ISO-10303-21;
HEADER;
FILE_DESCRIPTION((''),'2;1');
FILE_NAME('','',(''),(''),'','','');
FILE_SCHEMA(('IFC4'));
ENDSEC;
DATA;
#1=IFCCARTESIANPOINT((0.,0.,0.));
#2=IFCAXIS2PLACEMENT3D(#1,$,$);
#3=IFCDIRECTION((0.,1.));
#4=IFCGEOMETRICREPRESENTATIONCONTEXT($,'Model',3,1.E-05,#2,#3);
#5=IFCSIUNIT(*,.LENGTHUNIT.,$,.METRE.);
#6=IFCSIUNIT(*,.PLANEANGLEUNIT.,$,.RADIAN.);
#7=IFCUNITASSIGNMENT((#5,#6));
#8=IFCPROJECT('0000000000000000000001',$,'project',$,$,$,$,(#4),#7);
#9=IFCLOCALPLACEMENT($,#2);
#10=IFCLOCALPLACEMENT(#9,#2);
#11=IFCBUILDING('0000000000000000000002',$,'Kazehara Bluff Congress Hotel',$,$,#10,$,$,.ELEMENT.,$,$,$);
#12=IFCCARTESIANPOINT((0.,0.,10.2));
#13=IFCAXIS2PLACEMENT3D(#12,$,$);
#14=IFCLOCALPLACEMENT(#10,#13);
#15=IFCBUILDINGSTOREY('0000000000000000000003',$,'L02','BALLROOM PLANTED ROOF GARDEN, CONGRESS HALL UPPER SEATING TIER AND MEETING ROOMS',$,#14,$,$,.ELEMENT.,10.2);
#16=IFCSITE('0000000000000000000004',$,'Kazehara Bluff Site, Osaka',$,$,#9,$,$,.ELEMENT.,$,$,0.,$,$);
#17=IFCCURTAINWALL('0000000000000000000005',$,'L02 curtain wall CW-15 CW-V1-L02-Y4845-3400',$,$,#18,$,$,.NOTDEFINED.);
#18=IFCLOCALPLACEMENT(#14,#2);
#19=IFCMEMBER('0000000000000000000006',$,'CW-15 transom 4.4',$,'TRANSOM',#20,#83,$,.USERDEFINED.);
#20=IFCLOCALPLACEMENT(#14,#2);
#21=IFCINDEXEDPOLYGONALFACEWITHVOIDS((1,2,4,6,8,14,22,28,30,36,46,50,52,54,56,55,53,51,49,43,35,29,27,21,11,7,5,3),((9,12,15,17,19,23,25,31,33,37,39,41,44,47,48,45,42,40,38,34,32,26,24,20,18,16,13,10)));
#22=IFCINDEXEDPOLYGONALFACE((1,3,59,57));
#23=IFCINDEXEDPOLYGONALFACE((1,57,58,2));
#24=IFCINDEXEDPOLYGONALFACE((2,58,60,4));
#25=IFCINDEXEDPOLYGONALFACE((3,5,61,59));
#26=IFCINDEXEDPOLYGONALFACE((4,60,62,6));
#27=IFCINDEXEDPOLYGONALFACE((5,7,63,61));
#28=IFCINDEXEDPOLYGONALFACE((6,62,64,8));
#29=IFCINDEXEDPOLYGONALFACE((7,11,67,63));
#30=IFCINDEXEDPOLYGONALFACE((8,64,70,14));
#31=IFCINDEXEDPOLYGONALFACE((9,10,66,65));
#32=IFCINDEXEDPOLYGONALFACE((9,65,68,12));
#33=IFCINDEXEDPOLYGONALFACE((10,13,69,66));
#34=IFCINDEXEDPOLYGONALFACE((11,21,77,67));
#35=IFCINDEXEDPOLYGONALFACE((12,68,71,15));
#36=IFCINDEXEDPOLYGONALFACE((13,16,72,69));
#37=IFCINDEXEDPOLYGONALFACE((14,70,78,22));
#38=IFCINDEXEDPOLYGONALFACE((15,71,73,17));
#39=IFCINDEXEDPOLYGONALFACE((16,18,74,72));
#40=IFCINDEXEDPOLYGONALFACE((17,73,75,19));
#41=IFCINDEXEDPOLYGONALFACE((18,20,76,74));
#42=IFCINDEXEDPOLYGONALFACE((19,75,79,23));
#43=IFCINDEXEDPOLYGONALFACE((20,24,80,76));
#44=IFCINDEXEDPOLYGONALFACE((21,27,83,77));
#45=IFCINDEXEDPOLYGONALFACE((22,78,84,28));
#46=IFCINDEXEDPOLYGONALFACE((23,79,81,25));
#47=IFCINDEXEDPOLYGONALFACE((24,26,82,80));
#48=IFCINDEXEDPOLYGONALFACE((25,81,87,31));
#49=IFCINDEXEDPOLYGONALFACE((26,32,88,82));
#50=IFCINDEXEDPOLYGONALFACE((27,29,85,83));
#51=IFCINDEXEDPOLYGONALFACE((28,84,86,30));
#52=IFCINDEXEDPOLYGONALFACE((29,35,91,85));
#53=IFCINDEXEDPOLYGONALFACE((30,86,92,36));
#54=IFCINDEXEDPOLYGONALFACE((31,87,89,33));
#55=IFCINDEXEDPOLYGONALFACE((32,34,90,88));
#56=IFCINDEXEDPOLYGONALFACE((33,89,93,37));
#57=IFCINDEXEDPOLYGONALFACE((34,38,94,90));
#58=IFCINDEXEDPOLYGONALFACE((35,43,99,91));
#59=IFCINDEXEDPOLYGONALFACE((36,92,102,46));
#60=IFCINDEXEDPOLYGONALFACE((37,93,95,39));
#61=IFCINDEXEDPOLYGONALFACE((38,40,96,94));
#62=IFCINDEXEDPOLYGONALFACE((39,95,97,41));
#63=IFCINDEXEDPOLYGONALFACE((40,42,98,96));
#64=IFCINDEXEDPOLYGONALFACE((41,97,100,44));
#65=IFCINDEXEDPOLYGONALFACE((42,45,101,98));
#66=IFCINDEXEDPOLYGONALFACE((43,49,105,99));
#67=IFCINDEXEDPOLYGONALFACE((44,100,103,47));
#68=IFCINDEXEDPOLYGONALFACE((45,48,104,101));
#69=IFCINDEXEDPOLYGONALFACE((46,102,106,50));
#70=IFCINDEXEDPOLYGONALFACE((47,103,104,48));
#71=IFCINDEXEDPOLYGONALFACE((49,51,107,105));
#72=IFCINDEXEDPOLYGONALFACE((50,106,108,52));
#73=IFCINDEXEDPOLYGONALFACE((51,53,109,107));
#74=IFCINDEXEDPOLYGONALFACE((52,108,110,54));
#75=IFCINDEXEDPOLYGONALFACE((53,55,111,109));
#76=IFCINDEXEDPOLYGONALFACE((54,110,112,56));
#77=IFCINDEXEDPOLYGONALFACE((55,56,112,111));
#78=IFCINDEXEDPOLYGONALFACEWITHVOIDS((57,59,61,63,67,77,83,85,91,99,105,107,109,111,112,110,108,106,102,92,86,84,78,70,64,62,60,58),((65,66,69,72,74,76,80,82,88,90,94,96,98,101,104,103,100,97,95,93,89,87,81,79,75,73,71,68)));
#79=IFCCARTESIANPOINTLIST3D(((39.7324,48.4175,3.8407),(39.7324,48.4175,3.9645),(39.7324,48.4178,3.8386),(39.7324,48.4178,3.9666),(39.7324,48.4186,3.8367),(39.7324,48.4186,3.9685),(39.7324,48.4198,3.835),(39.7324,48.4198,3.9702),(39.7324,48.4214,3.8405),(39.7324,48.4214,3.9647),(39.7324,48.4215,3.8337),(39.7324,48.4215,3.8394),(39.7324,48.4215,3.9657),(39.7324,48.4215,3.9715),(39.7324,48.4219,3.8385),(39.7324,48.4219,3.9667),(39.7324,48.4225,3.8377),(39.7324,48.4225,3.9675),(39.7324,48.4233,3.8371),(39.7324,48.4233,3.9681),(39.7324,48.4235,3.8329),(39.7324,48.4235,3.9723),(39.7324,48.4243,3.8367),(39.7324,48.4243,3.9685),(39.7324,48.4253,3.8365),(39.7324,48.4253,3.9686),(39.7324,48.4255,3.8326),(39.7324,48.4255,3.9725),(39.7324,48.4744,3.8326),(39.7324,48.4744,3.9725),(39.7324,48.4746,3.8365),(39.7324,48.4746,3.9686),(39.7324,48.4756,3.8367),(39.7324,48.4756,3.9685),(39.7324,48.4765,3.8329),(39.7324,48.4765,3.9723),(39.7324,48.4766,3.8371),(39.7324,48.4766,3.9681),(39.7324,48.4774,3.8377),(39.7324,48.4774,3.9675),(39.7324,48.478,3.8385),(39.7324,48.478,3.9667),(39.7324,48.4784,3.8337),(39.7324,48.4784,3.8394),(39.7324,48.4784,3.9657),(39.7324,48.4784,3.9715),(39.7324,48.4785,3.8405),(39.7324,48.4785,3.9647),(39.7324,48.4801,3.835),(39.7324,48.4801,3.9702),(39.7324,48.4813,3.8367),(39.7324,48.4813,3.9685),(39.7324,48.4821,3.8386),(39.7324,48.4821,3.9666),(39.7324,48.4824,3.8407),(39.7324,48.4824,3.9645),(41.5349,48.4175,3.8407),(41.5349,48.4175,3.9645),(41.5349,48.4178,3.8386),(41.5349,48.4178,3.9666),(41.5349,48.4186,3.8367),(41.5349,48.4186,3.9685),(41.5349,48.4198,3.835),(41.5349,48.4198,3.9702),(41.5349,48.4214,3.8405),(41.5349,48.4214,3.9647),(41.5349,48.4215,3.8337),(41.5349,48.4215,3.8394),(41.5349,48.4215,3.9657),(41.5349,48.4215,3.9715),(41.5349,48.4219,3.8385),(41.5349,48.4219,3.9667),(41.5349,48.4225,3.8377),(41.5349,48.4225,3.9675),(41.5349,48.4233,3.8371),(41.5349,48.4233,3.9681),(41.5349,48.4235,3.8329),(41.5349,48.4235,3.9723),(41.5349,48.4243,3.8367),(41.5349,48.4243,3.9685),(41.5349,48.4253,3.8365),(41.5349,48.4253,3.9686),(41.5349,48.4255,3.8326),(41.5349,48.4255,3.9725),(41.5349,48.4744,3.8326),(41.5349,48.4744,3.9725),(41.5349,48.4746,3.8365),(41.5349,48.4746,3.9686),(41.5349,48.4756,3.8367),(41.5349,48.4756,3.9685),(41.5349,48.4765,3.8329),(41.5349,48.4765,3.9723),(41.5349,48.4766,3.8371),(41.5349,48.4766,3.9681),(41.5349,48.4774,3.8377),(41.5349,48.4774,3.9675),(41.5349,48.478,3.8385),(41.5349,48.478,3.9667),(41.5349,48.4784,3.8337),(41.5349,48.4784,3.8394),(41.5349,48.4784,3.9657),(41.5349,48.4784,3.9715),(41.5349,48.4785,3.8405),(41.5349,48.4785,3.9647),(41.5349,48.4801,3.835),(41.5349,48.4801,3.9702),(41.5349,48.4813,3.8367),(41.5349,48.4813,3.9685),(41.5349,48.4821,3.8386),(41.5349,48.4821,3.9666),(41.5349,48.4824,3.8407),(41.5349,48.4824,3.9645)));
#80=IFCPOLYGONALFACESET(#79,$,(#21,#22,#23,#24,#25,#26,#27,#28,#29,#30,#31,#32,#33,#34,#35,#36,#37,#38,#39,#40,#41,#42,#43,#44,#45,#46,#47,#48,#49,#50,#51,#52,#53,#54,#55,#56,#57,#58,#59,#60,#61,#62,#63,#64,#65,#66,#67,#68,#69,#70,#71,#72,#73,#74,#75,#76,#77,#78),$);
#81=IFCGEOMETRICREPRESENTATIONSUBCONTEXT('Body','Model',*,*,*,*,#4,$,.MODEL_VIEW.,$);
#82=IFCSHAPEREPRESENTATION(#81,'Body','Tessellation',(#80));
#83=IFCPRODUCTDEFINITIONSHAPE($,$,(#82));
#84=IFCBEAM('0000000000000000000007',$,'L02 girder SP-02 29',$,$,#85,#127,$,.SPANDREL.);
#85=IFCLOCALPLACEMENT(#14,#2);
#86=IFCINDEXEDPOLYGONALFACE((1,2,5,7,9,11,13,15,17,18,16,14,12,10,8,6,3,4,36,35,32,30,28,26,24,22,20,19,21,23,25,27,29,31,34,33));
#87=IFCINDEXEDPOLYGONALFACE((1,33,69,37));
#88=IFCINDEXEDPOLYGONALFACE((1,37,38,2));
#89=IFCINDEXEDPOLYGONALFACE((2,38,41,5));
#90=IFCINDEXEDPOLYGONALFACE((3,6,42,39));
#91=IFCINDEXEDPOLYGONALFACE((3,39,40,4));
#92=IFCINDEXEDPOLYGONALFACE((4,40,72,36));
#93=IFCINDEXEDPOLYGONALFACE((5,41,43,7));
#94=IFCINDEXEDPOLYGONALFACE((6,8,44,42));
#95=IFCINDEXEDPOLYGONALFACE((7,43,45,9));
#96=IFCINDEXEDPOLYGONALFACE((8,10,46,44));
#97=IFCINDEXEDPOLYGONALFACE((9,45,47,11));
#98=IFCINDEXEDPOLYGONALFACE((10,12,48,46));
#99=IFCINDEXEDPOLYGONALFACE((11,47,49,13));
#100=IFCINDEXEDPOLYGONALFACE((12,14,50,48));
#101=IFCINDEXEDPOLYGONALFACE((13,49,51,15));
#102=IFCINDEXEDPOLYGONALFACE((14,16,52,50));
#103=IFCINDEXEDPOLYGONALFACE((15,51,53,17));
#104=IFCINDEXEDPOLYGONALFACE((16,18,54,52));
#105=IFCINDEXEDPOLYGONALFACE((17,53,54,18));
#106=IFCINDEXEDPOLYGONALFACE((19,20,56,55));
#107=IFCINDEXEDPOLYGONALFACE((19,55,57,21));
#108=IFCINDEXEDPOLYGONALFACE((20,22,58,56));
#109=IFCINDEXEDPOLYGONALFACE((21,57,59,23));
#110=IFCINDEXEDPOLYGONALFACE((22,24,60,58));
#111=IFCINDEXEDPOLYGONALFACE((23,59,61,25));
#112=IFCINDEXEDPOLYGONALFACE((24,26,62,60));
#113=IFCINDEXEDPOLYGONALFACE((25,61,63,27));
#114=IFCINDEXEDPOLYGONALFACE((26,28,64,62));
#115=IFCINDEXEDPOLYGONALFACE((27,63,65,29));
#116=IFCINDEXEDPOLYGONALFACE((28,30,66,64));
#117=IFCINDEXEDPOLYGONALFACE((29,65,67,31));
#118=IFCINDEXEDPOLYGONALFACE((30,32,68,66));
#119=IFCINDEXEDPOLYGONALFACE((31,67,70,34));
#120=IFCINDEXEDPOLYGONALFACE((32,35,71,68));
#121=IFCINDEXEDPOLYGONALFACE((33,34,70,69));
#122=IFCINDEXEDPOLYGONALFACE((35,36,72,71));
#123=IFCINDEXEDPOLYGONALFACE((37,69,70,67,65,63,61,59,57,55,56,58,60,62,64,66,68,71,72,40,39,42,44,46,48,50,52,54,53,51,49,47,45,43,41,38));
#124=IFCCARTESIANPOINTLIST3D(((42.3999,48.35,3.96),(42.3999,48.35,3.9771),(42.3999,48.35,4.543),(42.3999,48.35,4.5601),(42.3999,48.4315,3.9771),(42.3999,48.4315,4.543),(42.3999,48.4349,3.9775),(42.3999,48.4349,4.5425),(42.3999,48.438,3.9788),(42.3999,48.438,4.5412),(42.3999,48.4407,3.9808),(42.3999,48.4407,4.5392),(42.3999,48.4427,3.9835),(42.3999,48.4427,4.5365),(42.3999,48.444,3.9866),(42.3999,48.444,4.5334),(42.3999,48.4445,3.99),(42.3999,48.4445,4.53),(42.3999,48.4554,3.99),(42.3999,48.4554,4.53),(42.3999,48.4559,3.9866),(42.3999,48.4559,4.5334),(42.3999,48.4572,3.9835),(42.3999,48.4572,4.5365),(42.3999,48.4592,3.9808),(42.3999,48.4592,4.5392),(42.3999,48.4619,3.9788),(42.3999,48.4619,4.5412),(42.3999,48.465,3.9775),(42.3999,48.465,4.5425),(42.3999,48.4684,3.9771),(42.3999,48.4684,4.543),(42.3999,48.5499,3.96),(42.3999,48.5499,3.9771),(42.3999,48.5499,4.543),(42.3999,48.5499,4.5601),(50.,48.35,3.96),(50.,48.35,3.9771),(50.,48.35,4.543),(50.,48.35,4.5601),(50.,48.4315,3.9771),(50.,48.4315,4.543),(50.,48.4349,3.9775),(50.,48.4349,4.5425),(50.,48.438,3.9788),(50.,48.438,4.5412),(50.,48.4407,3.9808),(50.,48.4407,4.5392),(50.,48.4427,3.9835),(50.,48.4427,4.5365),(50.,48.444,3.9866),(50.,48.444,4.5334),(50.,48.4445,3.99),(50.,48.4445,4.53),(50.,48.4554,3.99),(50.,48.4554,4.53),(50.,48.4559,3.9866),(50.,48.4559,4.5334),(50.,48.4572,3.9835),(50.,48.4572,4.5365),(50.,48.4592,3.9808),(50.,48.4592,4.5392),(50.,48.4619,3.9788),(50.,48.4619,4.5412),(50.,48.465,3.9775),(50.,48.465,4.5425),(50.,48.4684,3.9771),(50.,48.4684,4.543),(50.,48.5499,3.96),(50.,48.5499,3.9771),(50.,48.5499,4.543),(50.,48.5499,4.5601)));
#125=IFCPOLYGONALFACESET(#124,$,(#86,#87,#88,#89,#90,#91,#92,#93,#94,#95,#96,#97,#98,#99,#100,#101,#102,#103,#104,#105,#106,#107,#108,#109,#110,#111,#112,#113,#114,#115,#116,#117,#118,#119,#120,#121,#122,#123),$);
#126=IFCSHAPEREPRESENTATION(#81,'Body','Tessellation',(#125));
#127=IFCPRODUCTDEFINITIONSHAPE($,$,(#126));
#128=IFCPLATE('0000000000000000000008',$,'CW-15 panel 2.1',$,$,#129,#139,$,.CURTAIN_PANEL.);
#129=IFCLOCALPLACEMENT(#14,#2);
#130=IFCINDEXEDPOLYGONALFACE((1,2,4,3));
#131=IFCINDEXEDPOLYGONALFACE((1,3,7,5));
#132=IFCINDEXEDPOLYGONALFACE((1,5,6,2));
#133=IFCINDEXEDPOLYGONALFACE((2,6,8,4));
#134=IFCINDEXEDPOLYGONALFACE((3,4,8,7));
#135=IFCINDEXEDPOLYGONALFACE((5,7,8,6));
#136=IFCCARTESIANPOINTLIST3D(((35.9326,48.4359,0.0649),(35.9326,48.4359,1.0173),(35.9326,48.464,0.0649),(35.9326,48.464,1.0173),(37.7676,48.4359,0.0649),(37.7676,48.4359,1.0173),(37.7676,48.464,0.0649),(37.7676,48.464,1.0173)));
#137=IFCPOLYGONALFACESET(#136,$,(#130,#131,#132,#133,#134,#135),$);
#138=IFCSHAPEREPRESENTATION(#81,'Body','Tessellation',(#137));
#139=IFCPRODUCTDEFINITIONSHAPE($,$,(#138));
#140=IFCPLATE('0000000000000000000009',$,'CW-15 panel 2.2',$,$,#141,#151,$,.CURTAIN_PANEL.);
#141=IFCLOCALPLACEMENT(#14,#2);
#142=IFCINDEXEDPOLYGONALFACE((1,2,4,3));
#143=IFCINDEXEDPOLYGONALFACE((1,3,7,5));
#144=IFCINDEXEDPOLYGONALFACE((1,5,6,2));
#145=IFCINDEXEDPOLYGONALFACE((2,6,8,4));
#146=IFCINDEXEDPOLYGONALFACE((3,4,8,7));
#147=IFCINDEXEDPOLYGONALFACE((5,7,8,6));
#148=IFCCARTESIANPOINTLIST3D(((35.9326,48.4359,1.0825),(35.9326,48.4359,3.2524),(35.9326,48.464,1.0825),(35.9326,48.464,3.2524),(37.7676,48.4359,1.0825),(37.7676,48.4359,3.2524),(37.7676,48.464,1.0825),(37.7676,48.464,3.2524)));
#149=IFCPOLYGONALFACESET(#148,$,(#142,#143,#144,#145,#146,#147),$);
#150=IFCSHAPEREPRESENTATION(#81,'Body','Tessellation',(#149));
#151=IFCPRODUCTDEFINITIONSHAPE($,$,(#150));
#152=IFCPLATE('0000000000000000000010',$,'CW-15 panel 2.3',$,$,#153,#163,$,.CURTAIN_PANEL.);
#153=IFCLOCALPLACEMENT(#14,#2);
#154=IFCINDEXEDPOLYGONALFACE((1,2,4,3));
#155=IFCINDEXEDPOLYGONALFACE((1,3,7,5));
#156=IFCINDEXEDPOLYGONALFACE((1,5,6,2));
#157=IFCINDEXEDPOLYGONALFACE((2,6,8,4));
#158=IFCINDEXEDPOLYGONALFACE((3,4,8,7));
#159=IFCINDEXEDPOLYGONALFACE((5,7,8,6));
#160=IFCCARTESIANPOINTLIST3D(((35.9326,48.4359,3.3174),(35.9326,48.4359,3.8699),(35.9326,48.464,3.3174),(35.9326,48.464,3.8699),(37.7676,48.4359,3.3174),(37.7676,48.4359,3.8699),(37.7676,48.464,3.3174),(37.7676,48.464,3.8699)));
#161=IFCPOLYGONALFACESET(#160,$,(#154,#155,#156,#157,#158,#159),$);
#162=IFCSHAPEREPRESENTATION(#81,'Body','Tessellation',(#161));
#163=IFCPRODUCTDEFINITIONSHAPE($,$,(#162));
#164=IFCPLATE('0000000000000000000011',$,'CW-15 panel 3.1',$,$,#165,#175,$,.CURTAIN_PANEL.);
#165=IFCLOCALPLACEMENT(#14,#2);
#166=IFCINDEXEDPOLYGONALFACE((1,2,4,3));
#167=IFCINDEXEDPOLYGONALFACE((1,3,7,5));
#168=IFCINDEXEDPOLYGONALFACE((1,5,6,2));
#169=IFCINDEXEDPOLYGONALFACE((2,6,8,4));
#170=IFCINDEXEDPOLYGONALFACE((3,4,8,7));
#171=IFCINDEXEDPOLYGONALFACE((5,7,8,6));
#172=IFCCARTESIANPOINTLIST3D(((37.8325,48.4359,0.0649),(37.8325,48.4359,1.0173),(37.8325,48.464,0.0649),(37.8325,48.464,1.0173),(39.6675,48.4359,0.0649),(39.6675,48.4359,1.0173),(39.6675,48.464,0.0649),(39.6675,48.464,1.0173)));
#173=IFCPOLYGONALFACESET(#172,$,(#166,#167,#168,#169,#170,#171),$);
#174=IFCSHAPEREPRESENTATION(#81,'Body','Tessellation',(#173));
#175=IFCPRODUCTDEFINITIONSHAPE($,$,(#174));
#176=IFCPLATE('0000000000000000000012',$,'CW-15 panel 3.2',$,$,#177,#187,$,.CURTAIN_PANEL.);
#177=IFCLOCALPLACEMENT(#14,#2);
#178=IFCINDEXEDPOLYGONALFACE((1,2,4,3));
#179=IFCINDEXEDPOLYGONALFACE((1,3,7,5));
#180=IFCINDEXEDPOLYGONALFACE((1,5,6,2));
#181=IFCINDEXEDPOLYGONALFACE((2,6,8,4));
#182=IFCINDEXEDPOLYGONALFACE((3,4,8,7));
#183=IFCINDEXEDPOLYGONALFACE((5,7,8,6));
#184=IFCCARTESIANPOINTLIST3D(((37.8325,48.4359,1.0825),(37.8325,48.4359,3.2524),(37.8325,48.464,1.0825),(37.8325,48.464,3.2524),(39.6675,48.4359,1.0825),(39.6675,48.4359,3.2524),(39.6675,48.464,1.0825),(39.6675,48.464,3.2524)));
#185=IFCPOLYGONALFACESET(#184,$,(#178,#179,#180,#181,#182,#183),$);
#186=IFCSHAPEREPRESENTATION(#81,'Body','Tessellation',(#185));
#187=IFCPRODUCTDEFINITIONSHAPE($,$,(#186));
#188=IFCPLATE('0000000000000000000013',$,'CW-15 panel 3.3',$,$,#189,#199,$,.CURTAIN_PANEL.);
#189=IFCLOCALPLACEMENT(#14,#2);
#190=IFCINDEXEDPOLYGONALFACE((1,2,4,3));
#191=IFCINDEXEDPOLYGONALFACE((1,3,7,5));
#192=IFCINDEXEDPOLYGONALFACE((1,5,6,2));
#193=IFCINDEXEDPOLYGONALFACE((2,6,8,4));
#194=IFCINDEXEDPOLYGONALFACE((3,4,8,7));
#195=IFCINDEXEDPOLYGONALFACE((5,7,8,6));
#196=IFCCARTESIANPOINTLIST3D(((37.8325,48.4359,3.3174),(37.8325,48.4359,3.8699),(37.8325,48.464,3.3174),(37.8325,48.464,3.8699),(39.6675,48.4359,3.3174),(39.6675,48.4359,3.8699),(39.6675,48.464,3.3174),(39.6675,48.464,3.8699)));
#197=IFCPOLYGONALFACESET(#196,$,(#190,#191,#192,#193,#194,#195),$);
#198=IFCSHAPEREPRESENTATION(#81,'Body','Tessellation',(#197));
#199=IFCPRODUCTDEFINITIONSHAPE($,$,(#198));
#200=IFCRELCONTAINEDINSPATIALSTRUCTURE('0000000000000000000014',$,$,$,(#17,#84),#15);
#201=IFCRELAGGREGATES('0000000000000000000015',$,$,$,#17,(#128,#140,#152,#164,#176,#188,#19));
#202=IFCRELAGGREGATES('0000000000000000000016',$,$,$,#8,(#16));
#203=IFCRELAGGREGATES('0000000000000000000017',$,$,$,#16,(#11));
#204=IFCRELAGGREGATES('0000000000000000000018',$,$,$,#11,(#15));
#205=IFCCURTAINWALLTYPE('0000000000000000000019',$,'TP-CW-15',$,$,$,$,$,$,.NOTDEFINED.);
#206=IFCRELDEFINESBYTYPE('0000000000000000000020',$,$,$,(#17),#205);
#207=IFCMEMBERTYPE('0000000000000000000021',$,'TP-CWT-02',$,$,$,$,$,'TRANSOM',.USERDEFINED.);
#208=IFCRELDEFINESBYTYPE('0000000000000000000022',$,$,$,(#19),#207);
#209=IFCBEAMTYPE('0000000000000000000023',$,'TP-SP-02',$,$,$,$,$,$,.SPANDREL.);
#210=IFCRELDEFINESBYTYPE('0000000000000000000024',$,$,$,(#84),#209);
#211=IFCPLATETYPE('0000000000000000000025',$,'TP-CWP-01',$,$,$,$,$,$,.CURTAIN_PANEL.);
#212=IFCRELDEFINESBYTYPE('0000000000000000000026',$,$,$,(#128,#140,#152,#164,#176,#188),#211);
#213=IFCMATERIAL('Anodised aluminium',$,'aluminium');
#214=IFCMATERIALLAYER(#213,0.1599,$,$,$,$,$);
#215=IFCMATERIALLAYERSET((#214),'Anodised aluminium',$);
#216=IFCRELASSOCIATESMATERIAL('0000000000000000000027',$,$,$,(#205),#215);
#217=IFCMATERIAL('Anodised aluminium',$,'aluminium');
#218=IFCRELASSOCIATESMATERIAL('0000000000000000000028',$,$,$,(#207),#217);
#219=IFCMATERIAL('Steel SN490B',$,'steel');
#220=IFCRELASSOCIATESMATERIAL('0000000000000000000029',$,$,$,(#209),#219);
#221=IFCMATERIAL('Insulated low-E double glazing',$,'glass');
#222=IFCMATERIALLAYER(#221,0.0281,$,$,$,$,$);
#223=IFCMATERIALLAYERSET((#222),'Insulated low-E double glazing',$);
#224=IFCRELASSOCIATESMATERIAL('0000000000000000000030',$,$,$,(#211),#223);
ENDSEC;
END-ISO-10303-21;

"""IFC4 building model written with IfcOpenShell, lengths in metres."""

from ifc_helpers import new_model, si_unit, direction, frame, origin, origin_2d, place, context, subcontext, project, spatial, rectangle, hollow_rectangle, i_section, extrude, material, layer, layer_set, material_profile, profile_set, type_object, element, aggregate, save


model = new_model("IFC4")

# Units and contexts
model_context = context("Model", 3, precision=1e-05, world=origin(), true_north=direction((0.0, 1.0)))
body_context = subcontext(model_context, "Body", "Model", "MODEL_VIEW")
ifc_project = project(units=[si_unit("LENGTHUNIT", "METRE"), si_unit("PLANEANGLEUNIT", "RADIAN")], contexts=[model_context])

# Site, building, storey
site_placement = place(None, origin())
site = spatial("IfcSite", under=ifc_project, at=site_placement, Name="Kazehara Bluff Site, Osaka", CompositionType="ELEMENT", RefElevation=0.0)
building_placement = place(site_placement, origin())
building = spatial("IfcBuilding", under=site, at=building_placement, Name="Kazehara Bluff Congress Hotel", CompositionType="ELEMENT")
storey_placement = place(building_placement, frame((0.0, 0.0, 10.2)))
storey = spatial("IfcBuildingStorey", under=building, at=storey_placement, Name="L02", Description="BALLROOM PLANTED ROOF GARDEN, CONGRESS HALL UPPER SEATING TIER AND MEETING ROOMS", CompositionType="ELEMENT", Elevation=10.2)

# Curtain wall, member
ifc_material_1 = material(Name="Anodised aluminium", Category="aluminium")
ifc_layer_1 = layer(ifc_material_1, 0.1599)
ifc_layer_set_1 = layer_set([ifc_layer_1], Name="Anodised aluminium")
curtain_wall_type = type_object("IfcCurtainWallType", Name="TP-CW-15", PredefinedType="NOTDEFINED", material=ifc_layer_set_1)
curtain_wall_placement = place(storey_placement, origin())
curtain_wall = element("IfcCurtainWall", 1, at=curtain_wall_placement, inside=storey, type_object=curtain_wall_type, Name="L02 curtain wall CW-15 CW-V1-L02-Y4845-3400", PredefinedType="NOTDEFINED")
ifc_material_2 = material(Name="Anodised aluminium", Category="aluminium")
ifc_material_profile_1 = material_profile(ifc_material_2, hollow_rectangle(XDim=0.0649, YDim=0.1399, WallThickness=0.0039, InnerFilletRadius=0.0039, OuterFilletRadius=0.0081, at=origin_2d()))
ifc_profile_set_1 = profile_set([ifc_material_profile_1], Name="Anodised aluminium")
member_type_1 = type_object("IfcMemberType", Name="TP-CWT-02", ElementType="TRANSOM", PredefinedType="USERDEFINED", material=ifc_profile_set_1)
member_1_placement = place(storey_placement, frame((39.7324, 48.45, 3.9026), z_axis=(1.0, 0.0, 0.0), x_axis=(0.0, 1.0, 0.0)))
member_1 = element("IfcMember", 2, at=member_1_placement, type_object=member_type_1, Name="CW-15 transom 4.4", ObjectType="TRANSOM", PredefinedType="USERDEFINED", context=body_context, shape_type="SweptSolid", body=[
    extrude(hollow_rectangle(XDim=0.0649, YDim=0.1399, WallThickness=0.0039, InnerFilletRadius=0.0039, OuterFilletRadius=0.0081, at=origin_2d()), origin(), (0.0, 0.0, 1.0), 1.8025),
])

# Beam
ifc_material_3 = material(Name="Steel SN490B", Category="steel")
ifc_material_profile_2 = material_profile(ifc_material_3, i_section(OverallWidth=0.2, OverallDepth=0.6001, WebThickness=0.011, FlangeThickness=0.0171, FilletRadius=0.0129, at=origin_2d()))
ifc_profile_set_2 = profile_set([ifc_material_profile_2], Name="Steel SN490B")
beam_type = type_object("IfcBeamType", Name="TP-SP-02", PredefinedType="SPANDREL", material=ifc_profile_set_2)
beam_placement = place(storey_placement, frame((42.3999, 48.45, 4.26), z_axis=(1.0, 0.0, 0.0), x_axis=(0.0, 1.0, 0.0)))
element("IfcBeam", 3, at=beam_placement, inside=storey, type_object=beam_type, Name="L02 girder SP-02 29", PredefinedType="SPANDREL", context=body_context, shape_type="SweptSolid", body=[
    extrude(i_section(OverallWidth=0.2, OverallDepth=0.6001, WebThickness=0.011, FlangeThickness=0.0171, FilletRadius=0.0129, at=origin_2d()), origin(), (0.0, 0.0, 1.0), 7.6001),
])

# Plates
ifc_material_4 = material(Name="Insulated low-E double glazing", Category="glass")
ifc_layer_2 = layer(ifc_material_4, 0.0281)
ifc_layer_set_2 = layer_set([ifc_layer_2], Name="Insulated low-E double glazing")
plate_type = type_object("IfcPlateType", Name="TP-CWP-01", PredefinedType="CURTAIN_PANEL", material=ifc_layer_set_2)
plate_1_placement = place(storey_placement, frame((36.8501, 48.45, 0.0649), z_axis=(0.0, 0.0, 1.0), x_axis=(1.0, 0.0, 0.0)))
plate_1 = element("IfcPlate", 4, at=plate_1_placement, type_object=plate_type, Name="CW-15 panel 2.1", PredefinedType="CURTAIN_PANEL", context=body_context, shape_type="SweptSolid", body=[
    extrude(rectangle(XDim=1.835, YDim=0.0281, at=origin_2d()), origin(), (0.0, 0.0, 1.0), 0.9524),
])
plate_2_placement = place(storey_placement, frame((36.8501, 48.45, 1.0825), z_axis=(0.0, 0.0, 1.0), x_axis=(1.0, 0.0, 0.0)))
plate_2 = element("IfcPlate", 5, at=plate_2_placement, type_object=plate_type, Name="CW-15 panel 2.2", PredefinedType="CURTAIN_PANEL", context=body_context, shape_type="SweptSolid", body=[
    extrude(rectangle(XDim=1.835, YDim=0.0281, at=origin_2d()), origin(), (0.0, 0.0, 1.0), 2.1699),
])
plate_3_placement = place(storey_placement, frame((36.8501, 48.45, 3.3174), z_axis=(0.0, 0.0, 1.0), x_axis=(1.0, 0.0, 0.0)))
plate_3 = element("IfcPlate", 6, at=plate_3_placement, type_object=plate_type, Name="CW-15 panel 2.3", PredefinedType="CURTAIN_PANEL", context=body_context, shape_type="SweptSolid", body=[
    extrude(rectangle(XDim=1.835, YDim=0.0281, at=origin_2d()), origin(), (0.0, 0.0, 1.0), 0.5525),
])
plate_4_placement = place(storey_placement, frame((38.75, 48.45, 0.0649), z_axis=(0.0, 0.0, 1.0), x_axis=(1.0, 0.0, 0.0)))
plate_4 = element("IfcPlate", 7, at=plate_4_placement, type_object=plate_type, Name="CW-15 panel 3.1", PredefinedType="CURTAIN_PANEL", context=body_context, shape_type="SweptSolid", body=[
    extrude(rectangle(XDim=1.835, YDim=0.0281, at=origin_2d()), origin(), (0.0, 0.0, 1.0), 0.9524),
])
plate_5_placement = place(storey_placement, frame((38.75, 48.45, 1.0825), z_axis=(0.0, 0.0, 1.0), x_axis=(1.0, 0.0, 0.0)))
plate_5 = element("IfcPlate", 8, at=plate_5_placement, type_object=plate_type, Name="CW-15 panel 3.2", PredefinedType="CURTAIN_PANEL", context=body_context, shape_type="SweptSolid", body=[
    extrude(rectangle(XDim=1.835, YDim=0.0281, at=origin_2d()), origin(), (0.0, 0.0, 1.0), 2.1699),
])
plate_6_placement = place(storey_placement, frame((38.75, 48.45, 3.3174), z_axis=(0.0, 0.0, 1.0), x_axis=(1.0, 0.0, 0.0)))
plate_6 = element("IfcPlate", 9, at=plate_6_placement, type_object=plate_type, Name="CW-15 panel 3.3", PredefinedType="CURTAIN_PANEL", context=body_context, shape_type="SweptSolid", body=[
    extrude(rectangle(XDim=1.835, YDim=0.0281, at=origin_2d()), origin(), (0.0, 0.0, 1.0), 0.5525),
])
aggregate(curtain_wall, [plate_1, plate_2, plate_3, plate_4, plate_5, plate_6, member_1])

save(model, "model.ifc")
